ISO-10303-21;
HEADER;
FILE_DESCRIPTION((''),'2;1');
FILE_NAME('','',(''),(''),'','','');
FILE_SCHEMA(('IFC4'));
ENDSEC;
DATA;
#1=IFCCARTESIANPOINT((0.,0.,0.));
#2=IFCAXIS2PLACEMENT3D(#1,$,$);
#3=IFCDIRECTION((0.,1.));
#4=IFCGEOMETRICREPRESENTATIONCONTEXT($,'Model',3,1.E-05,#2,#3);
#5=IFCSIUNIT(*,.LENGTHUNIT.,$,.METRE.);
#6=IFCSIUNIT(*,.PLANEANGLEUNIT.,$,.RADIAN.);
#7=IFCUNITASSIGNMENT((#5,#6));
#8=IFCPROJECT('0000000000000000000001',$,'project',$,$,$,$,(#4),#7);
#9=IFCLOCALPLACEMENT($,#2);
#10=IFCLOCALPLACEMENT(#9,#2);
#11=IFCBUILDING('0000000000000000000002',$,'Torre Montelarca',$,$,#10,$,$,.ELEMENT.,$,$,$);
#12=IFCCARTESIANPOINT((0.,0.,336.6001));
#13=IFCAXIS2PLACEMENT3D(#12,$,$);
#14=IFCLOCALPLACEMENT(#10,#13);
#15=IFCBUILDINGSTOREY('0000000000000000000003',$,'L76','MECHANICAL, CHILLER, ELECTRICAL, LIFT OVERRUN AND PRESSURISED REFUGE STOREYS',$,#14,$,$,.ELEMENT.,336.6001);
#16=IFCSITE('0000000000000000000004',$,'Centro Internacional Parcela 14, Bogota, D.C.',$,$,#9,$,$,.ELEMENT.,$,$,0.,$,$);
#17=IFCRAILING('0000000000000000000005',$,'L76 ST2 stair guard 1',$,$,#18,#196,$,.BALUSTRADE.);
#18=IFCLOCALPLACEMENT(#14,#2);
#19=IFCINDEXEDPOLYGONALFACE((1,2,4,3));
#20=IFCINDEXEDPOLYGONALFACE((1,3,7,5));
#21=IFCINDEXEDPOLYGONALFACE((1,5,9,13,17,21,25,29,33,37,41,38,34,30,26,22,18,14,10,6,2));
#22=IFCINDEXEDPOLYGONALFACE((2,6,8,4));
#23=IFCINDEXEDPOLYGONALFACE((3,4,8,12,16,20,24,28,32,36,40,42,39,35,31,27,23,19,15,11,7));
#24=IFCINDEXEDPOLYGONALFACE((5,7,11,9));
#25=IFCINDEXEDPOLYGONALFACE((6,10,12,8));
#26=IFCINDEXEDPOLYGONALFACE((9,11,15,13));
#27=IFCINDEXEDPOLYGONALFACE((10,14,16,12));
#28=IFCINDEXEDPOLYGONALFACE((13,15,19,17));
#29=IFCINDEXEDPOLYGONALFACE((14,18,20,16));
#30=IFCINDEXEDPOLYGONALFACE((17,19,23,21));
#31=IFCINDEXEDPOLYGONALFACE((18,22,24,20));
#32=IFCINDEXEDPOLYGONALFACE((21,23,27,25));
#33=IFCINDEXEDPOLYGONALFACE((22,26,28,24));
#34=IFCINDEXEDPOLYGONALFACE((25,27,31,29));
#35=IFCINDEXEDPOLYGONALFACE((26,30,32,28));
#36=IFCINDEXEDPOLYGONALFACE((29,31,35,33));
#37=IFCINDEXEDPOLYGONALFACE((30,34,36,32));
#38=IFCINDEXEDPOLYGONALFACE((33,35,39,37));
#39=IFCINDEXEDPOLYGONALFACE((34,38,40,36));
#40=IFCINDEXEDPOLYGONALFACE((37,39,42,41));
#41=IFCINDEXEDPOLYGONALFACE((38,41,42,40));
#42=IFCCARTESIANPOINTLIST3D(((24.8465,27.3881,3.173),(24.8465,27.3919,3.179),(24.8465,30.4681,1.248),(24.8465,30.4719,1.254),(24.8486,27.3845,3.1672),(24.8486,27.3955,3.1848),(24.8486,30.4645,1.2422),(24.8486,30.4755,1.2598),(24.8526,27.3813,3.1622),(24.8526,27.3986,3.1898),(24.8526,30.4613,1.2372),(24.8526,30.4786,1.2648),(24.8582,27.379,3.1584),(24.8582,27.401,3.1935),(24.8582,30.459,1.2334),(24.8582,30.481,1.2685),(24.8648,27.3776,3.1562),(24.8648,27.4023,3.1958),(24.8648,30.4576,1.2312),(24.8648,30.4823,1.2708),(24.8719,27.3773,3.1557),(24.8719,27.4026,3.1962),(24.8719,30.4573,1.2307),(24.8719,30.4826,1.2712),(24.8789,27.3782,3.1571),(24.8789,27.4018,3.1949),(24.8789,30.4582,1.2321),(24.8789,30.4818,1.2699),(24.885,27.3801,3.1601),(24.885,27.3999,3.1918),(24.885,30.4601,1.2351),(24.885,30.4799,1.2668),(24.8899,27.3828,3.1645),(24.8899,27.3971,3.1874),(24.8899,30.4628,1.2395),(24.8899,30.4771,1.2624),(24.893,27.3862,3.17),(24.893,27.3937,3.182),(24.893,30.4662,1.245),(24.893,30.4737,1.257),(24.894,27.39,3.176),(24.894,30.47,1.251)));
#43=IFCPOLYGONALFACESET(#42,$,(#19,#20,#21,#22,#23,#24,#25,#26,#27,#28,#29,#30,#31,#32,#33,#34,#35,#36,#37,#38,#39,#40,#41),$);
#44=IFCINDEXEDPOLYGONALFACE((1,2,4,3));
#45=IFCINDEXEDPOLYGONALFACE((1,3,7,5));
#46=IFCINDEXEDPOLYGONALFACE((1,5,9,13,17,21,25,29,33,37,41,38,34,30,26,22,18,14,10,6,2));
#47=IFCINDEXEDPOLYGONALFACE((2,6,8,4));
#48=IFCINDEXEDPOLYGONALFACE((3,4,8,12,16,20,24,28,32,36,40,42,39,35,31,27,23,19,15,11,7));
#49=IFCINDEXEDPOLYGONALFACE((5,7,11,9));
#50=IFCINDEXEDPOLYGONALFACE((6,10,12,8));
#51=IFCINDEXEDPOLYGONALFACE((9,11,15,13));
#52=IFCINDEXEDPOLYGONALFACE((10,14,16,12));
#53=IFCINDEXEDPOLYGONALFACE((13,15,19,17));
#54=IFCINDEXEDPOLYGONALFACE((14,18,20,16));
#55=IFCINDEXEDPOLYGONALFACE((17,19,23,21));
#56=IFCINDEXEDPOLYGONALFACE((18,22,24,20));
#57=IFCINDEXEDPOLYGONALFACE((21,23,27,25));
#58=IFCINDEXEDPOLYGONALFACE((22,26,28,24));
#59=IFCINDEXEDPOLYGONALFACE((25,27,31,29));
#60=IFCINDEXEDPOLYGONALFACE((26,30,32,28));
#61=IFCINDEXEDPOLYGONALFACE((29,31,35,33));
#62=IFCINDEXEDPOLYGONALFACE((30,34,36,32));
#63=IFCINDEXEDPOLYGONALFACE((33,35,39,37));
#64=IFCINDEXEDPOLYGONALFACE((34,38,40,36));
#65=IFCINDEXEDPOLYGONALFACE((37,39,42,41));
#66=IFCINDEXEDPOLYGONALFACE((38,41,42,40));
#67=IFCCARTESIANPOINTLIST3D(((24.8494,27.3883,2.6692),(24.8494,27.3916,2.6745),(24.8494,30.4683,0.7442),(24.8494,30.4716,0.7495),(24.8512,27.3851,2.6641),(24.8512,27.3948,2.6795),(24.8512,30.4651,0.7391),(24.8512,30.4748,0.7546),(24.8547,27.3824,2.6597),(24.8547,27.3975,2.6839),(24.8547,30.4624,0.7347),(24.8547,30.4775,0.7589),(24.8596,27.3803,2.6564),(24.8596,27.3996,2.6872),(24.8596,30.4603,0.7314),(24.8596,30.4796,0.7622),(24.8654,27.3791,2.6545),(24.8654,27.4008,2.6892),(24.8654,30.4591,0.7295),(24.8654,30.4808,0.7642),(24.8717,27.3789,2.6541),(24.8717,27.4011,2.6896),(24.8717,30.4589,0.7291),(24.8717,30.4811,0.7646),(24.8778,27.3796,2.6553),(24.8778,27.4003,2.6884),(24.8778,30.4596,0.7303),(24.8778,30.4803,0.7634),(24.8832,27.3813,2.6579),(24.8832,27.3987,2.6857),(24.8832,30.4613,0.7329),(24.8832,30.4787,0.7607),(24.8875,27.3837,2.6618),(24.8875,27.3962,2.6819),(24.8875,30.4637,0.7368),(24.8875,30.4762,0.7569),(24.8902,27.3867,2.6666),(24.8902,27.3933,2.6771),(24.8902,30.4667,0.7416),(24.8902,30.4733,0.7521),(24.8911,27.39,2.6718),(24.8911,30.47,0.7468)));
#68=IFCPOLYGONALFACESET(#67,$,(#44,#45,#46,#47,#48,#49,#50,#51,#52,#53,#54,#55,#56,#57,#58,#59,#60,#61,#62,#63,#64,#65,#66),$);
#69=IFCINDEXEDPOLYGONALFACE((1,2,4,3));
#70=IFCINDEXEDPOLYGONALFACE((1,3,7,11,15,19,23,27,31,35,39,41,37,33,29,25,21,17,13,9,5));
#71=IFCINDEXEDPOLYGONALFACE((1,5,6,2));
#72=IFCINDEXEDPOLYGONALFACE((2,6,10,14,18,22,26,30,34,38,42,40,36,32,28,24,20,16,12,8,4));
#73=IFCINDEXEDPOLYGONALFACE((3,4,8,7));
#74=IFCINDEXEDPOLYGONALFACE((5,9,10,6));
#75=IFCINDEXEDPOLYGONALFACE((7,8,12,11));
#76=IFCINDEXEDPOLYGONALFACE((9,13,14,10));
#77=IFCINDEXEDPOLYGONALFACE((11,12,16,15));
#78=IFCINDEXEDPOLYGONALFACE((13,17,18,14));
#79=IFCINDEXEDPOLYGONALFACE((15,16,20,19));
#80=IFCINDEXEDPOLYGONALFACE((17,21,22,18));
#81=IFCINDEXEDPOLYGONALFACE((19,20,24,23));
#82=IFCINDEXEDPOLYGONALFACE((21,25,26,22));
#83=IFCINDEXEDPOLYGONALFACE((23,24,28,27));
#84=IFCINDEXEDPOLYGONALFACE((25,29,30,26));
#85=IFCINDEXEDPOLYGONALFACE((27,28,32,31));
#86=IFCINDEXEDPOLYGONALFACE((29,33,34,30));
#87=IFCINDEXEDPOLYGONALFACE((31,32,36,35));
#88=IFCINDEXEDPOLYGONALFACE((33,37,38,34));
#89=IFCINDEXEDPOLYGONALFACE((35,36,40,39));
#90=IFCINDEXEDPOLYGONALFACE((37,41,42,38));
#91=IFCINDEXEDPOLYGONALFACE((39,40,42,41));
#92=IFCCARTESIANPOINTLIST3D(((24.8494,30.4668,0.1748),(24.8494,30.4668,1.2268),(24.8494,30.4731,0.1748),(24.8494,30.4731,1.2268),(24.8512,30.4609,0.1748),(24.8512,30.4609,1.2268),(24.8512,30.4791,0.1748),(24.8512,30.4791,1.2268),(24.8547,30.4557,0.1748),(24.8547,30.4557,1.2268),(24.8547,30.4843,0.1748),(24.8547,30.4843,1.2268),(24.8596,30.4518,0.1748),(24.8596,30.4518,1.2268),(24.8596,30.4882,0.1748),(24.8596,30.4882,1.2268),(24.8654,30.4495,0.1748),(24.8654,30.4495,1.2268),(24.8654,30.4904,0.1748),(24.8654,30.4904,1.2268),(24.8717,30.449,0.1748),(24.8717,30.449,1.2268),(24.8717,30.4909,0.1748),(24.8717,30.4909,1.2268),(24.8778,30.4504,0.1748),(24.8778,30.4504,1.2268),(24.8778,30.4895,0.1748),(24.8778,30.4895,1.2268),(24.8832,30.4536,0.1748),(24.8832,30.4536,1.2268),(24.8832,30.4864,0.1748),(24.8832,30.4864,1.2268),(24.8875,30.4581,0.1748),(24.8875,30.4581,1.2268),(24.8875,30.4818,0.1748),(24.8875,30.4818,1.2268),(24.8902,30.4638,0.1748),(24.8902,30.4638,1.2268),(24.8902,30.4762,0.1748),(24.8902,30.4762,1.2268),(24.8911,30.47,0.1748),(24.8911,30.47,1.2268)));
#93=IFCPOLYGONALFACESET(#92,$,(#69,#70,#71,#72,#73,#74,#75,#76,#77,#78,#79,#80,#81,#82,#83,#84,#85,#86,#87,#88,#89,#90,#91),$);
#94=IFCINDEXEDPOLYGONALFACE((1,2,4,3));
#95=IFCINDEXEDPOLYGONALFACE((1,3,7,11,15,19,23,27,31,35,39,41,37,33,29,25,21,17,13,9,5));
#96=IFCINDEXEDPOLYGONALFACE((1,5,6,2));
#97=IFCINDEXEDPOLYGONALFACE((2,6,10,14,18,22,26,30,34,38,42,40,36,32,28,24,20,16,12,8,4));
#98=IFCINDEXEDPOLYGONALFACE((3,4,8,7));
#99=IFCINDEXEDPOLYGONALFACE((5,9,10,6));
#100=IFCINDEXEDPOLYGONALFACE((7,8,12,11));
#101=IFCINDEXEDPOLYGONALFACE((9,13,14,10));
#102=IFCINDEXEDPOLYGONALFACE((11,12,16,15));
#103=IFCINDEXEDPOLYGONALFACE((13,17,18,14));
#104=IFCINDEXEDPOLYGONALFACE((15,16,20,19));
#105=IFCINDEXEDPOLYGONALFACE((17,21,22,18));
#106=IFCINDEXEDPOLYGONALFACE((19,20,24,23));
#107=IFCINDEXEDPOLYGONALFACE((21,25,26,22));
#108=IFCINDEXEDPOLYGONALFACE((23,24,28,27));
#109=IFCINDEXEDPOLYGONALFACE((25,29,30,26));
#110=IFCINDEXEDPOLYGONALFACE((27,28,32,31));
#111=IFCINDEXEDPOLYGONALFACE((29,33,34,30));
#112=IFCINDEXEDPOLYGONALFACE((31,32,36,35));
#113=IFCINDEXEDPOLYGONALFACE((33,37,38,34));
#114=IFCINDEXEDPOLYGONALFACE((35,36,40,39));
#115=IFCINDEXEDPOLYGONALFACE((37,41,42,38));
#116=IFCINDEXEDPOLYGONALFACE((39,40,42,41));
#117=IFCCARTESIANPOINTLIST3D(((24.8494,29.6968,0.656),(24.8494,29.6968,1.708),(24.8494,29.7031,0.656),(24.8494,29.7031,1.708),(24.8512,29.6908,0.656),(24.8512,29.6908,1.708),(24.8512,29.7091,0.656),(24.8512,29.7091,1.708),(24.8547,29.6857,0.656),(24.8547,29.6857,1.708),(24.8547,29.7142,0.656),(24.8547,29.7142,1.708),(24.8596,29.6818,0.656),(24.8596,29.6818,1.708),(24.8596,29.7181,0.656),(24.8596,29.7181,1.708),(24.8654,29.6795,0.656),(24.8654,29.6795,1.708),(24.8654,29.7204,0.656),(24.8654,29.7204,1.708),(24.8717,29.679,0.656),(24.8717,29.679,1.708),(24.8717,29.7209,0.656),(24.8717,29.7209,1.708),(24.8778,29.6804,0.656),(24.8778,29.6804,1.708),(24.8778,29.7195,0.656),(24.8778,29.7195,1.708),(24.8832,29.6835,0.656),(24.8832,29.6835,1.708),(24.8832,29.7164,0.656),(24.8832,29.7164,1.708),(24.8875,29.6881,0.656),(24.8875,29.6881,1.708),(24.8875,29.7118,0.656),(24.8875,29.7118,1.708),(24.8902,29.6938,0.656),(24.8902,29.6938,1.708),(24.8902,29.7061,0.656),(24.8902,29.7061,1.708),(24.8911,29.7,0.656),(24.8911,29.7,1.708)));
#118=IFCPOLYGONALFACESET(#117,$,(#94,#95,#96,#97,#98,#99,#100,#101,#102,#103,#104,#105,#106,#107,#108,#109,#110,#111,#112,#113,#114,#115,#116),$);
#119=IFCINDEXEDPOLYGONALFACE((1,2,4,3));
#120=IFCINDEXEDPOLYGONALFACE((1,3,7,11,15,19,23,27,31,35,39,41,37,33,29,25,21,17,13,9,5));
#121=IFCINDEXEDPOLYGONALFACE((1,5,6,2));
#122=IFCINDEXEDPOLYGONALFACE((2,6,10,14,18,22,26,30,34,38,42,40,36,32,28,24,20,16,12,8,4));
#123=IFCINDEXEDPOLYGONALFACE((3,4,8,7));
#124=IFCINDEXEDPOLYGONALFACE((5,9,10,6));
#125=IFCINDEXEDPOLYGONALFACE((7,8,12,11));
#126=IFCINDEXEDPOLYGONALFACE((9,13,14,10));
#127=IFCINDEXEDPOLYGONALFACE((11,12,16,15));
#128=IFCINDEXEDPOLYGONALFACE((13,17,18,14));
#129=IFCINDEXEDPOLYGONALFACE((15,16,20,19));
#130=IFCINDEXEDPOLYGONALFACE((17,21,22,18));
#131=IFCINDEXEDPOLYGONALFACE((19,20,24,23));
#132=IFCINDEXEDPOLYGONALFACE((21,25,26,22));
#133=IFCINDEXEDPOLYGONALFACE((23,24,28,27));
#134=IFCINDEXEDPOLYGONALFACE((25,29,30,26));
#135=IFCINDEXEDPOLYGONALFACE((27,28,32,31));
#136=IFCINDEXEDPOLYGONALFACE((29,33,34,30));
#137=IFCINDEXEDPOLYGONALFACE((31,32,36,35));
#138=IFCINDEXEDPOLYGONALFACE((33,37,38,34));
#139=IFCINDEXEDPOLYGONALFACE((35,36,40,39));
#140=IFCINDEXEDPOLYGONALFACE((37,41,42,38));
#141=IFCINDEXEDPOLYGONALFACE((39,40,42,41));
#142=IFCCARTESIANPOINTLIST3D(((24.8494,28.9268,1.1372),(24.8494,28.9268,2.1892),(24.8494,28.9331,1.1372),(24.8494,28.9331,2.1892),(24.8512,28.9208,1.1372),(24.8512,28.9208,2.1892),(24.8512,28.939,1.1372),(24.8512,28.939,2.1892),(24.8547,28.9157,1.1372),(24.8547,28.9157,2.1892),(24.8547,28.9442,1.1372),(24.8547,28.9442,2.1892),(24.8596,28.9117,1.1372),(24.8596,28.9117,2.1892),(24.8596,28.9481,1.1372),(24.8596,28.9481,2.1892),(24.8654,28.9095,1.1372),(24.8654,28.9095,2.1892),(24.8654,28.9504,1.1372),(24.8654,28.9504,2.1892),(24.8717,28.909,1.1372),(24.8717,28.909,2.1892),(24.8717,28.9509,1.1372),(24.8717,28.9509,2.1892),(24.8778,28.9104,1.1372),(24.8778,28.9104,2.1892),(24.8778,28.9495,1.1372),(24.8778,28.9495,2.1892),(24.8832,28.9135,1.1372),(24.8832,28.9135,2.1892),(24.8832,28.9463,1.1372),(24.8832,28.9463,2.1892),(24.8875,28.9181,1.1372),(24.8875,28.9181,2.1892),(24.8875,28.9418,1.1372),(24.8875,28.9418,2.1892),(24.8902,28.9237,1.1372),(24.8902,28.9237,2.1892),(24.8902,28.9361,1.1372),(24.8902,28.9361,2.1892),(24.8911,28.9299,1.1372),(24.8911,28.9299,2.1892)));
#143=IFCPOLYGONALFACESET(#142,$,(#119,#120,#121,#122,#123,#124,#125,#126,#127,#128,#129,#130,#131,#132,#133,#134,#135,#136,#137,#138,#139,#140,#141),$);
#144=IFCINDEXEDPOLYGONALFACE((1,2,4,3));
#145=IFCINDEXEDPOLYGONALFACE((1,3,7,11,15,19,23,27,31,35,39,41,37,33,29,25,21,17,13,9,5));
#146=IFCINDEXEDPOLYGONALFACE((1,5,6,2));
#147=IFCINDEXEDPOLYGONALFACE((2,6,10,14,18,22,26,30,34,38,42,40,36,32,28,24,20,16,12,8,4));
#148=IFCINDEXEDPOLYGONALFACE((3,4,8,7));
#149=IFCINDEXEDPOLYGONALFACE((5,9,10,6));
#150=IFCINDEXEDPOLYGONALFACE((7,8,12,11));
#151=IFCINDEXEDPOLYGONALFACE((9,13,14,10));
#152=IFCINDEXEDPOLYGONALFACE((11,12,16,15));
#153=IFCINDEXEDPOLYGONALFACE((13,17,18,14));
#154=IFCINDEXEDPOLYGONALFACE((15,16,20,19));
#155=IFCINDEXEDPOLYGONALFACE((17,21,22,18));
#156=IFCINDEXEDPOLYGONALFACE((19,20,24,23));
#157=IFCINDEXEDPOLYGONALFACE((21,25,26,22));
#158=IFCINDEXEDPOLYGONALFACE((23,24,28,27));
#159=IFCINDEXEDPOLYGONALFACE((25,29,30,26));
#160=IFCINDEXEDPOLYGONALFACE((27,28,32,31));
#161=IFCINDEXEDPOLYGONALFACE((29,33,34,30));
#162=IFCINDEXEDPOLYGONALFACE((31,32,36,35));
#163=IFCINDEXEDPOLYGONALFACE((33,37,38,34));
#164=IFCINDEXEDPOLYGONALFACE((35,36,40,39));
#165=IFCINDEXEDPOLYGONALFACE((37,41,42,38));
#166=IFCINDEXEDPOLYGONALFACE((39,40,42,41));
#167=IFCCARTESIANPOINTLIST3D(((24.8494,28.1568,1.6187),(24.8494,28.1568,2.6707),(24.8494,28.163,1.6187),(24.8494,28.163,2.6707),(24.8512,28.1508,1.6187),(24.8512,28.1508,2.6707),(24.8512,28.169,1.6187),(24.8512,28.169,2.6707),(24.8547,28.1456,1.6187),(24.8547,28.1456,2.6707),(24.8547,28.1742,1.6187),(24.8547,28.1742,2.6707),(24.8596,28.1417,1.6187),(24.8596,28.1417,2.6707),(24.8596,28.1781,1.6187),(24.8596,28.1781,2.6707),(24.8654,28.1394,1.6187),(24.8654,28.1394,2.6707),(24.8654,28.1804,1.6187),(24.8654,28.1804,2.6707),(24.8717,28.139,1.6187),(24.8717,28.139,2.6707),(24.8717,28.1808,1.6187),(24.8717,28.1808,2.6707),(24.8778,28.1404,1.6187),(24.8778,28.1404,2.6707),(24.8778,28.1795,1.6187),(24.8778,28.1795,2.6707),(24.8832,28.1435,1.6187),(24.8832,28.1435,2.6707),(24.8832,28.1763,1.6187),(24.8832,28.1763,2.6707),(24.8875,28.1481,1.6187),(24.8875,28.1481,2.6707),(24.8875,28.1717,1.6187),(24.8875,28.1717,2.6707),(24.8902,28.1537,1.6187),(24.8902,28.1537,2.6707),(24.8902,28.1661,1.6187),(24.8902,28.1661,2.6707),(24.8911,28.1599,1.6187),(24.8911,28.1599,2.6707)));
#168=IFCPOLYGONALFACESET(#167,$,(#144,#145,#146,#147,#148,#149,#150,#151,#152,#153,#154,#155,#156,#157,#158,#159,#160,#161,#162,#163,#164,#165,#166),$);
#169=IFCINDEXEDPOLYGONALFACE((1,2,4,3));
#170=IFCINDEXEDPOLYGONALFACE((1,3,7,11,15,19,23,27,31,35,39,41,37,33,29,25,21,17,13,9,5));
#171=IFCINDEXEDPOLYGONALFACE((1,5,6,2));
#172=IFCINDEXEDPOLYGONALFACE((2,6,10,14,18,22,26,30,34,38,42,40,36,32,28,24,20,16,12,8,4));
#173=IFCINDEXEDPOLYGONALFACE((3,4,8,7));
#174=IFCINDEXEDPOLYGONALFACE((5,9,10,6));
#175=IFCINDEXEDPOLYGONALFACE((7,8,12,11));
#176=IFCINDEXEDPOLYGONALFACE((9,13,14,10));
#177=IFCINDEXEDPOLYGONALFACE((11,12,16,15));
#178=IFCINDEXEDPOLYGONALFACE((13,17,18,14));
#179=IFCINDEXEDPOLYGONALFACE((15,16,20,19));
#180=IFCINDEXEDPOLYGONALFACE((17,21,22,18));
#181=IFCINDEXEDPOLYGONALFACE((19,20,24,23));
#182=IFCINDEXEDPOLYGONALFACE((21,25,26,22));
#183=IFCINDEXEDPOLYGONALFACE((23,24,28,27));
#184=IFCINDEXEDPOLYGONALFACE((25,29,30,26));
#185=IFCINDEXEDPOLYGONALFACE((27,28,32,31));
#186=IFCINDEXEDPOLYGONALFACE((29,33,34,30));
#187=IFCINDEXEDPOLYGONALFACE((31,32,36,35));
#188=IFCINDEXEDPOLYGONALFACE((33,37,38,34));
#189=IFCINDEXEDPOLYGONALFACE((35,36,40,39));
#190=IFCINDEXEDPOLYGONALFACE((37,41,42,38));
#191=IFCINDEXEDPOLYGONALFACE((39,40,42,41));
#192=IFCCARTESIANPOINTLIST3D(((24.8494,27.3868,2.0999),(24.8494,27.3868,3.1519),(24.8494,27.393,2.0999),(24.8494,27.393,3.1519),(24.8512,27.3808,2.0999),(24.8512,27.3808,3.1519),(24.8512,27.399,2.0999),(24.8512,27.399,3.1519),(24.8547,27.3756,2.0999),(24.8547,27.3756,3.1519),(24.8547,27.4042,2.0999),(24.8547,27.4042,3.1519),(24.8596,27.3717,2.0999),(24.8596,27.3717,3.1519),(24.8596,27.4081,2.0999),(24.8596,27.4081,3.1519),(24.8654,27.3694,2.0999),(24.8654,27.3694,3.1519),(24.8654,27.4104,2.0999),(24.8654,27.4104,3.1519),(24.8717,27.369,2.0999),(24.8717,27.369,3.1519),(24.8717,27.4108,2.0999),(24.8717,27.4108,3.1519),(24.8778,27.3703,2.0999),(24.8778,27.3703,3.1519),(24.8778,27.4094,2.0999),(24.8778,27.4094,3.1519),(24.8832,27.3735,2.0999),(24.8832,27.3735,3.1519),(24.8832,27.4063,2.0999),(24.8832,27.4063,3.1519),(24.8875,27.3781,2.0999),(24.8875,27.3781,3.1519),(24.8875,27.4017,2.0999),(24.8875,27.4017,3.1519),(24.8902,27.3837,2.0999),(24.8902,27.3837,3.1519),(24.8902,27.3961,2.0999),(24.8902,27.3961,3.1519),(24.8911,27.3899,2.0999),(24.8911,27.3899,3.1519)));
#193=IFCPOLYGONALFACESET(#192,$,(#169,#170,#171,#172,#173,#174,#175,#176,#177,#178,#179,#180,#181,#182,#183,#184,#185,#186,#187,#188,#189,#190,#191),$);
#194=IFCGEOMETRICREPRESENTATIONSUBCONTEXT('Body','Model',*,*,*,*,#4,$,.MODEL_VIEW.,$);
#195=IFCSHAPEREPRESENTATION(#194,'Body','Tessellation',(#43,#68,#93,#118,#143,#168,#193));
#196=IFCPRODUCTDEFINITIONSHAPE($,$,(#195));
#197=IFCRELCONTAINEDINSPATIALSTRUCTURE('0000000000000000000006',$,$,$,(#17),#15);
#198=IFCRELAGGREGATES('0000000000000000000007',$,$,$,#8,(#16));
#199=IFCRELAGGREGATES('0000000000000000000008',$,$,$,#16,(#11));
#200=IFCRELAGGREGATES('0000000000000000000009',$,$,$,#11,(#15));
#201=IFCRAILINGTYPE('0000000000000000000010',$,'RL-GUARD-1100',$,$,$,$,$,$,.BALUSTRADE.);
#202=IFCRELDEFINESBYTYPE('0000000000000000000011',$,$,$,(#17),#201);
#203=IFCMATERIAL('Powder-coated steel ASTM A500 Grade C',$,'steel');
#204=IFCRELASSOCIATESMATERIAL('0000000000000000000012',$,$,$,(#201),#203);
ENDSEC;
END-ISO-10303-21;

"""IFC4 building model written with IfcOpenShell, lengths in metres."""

from ifc_helpers import new_model, si_unit, direction, frame, origin, origin_2d, place, context, subcontext, project, spatial, circle, extrude, material, type_object, element, save


model = new_model("IFC4")

# Units and contexts
model_context = context("Model", 3, precision=1e-05, world=origin(), true_north=direction((0.0, 1.0)))
body_context = subcontext(model_context, "Body", "Model", "MODEL_VIEW")
ifc_project = project(units=[si_unit("LENGTHUNIT", "METRE"), si_unit("PLANEANGLEUNIT", "RADIAN")], contexts=[model_context])

# Site, building, storey
site_placement = place(None, origin())
site = spatial("IfcSite", under=ifc_project, at=site_placement, Name="Centro Internacional Parcela 14, Bogota, D.C.", CompositionType="ELEMENT", RefElevation=0.0)
building_placement = place(site_placement, origin())
building = spatial("IfcBuilding", under=site, at=building_placement, Name="Torre Montelarca", CompositionType="ELEMENT")
storey_placement = place(building_placement, frame((0.0, 0.0, 336.6001)))
storey = spatial("IfcBuildingStorey", under=building, at=storey_placement, Name="L76", Description="MECHANICAL, CHILLER, ELECTRICAL, LIFT OVERRUN AND PRESSURISED REFUGE STOREYS", CompositionType="ELEMENT", Elevation=336.6001)

# Railing
ifc_material_1 = material(Name="Powder-coated steel ASTM A500 Grade C", Category="steel")
railing_type_1 = type_object("IfcRailingType", Name="RL-GUARD-1100", PredefinedType="BALUSTRADE", material=ifc_material_1)
railing_1_placement = place(storey_placement, frame((24.8701, 30.47, 0.1748)))
element("IfcRailing", 1, at=railing_1_placement, inside=storey, type_object=railing_type_1, Name="L76 ST2 stair guard 1", PredefinedType="BALUSTRADE", context=body_context, shape_type="SweptSolid", body=[
    extrude(circle(Radius=0.0239, at=origin_2d()), frame((0.0, 0.0, 1.0762), z_axis=(0.0, -0.847998, 0.529999), x_axis=(1.0, 0.0, 0.0)), (0.0, 0.0, 1.0), 3.6321),
    extrude(circle(Radius=0.021, at=origin_2d()), frame((0.0, 0.0, 0.572), z_axis=(0.0, -0.847998, 0.529999), x_axis=(1.0, 0.0, 0.0)), (0.0, 0.0, 1.0), 3.6321),
    extrude(circle(Radius=0.021, at=origin_2d()), origin(), (0.0, 0.0, 1.0), 1.052),
    extrude(circle(Radius=0.021, at=origin_2d()), frame((0.0, -0.77, 0.4812)), (0.0, 0.0, 1.0), 1.052),
    extrude(circle(Radius=0.021, at=origin_2d()), frame((0.0, -1.54, 0.9624)), (0.0, 0.0, 1.0), 1.052),
    extrude(circle(Radius=0.021, at=origin_2d()), frame((0.0, -2.3101, 1.4438)), (0.0, 0.0, 1.0), 1.052),
    extrude(circle(Radius=0.021, at=origin_2d()), frame((0.0, -3.0801, 1.925)), (0.0, 0.0, 1.0), 1.052),
])

save(model, "model.ifc")
